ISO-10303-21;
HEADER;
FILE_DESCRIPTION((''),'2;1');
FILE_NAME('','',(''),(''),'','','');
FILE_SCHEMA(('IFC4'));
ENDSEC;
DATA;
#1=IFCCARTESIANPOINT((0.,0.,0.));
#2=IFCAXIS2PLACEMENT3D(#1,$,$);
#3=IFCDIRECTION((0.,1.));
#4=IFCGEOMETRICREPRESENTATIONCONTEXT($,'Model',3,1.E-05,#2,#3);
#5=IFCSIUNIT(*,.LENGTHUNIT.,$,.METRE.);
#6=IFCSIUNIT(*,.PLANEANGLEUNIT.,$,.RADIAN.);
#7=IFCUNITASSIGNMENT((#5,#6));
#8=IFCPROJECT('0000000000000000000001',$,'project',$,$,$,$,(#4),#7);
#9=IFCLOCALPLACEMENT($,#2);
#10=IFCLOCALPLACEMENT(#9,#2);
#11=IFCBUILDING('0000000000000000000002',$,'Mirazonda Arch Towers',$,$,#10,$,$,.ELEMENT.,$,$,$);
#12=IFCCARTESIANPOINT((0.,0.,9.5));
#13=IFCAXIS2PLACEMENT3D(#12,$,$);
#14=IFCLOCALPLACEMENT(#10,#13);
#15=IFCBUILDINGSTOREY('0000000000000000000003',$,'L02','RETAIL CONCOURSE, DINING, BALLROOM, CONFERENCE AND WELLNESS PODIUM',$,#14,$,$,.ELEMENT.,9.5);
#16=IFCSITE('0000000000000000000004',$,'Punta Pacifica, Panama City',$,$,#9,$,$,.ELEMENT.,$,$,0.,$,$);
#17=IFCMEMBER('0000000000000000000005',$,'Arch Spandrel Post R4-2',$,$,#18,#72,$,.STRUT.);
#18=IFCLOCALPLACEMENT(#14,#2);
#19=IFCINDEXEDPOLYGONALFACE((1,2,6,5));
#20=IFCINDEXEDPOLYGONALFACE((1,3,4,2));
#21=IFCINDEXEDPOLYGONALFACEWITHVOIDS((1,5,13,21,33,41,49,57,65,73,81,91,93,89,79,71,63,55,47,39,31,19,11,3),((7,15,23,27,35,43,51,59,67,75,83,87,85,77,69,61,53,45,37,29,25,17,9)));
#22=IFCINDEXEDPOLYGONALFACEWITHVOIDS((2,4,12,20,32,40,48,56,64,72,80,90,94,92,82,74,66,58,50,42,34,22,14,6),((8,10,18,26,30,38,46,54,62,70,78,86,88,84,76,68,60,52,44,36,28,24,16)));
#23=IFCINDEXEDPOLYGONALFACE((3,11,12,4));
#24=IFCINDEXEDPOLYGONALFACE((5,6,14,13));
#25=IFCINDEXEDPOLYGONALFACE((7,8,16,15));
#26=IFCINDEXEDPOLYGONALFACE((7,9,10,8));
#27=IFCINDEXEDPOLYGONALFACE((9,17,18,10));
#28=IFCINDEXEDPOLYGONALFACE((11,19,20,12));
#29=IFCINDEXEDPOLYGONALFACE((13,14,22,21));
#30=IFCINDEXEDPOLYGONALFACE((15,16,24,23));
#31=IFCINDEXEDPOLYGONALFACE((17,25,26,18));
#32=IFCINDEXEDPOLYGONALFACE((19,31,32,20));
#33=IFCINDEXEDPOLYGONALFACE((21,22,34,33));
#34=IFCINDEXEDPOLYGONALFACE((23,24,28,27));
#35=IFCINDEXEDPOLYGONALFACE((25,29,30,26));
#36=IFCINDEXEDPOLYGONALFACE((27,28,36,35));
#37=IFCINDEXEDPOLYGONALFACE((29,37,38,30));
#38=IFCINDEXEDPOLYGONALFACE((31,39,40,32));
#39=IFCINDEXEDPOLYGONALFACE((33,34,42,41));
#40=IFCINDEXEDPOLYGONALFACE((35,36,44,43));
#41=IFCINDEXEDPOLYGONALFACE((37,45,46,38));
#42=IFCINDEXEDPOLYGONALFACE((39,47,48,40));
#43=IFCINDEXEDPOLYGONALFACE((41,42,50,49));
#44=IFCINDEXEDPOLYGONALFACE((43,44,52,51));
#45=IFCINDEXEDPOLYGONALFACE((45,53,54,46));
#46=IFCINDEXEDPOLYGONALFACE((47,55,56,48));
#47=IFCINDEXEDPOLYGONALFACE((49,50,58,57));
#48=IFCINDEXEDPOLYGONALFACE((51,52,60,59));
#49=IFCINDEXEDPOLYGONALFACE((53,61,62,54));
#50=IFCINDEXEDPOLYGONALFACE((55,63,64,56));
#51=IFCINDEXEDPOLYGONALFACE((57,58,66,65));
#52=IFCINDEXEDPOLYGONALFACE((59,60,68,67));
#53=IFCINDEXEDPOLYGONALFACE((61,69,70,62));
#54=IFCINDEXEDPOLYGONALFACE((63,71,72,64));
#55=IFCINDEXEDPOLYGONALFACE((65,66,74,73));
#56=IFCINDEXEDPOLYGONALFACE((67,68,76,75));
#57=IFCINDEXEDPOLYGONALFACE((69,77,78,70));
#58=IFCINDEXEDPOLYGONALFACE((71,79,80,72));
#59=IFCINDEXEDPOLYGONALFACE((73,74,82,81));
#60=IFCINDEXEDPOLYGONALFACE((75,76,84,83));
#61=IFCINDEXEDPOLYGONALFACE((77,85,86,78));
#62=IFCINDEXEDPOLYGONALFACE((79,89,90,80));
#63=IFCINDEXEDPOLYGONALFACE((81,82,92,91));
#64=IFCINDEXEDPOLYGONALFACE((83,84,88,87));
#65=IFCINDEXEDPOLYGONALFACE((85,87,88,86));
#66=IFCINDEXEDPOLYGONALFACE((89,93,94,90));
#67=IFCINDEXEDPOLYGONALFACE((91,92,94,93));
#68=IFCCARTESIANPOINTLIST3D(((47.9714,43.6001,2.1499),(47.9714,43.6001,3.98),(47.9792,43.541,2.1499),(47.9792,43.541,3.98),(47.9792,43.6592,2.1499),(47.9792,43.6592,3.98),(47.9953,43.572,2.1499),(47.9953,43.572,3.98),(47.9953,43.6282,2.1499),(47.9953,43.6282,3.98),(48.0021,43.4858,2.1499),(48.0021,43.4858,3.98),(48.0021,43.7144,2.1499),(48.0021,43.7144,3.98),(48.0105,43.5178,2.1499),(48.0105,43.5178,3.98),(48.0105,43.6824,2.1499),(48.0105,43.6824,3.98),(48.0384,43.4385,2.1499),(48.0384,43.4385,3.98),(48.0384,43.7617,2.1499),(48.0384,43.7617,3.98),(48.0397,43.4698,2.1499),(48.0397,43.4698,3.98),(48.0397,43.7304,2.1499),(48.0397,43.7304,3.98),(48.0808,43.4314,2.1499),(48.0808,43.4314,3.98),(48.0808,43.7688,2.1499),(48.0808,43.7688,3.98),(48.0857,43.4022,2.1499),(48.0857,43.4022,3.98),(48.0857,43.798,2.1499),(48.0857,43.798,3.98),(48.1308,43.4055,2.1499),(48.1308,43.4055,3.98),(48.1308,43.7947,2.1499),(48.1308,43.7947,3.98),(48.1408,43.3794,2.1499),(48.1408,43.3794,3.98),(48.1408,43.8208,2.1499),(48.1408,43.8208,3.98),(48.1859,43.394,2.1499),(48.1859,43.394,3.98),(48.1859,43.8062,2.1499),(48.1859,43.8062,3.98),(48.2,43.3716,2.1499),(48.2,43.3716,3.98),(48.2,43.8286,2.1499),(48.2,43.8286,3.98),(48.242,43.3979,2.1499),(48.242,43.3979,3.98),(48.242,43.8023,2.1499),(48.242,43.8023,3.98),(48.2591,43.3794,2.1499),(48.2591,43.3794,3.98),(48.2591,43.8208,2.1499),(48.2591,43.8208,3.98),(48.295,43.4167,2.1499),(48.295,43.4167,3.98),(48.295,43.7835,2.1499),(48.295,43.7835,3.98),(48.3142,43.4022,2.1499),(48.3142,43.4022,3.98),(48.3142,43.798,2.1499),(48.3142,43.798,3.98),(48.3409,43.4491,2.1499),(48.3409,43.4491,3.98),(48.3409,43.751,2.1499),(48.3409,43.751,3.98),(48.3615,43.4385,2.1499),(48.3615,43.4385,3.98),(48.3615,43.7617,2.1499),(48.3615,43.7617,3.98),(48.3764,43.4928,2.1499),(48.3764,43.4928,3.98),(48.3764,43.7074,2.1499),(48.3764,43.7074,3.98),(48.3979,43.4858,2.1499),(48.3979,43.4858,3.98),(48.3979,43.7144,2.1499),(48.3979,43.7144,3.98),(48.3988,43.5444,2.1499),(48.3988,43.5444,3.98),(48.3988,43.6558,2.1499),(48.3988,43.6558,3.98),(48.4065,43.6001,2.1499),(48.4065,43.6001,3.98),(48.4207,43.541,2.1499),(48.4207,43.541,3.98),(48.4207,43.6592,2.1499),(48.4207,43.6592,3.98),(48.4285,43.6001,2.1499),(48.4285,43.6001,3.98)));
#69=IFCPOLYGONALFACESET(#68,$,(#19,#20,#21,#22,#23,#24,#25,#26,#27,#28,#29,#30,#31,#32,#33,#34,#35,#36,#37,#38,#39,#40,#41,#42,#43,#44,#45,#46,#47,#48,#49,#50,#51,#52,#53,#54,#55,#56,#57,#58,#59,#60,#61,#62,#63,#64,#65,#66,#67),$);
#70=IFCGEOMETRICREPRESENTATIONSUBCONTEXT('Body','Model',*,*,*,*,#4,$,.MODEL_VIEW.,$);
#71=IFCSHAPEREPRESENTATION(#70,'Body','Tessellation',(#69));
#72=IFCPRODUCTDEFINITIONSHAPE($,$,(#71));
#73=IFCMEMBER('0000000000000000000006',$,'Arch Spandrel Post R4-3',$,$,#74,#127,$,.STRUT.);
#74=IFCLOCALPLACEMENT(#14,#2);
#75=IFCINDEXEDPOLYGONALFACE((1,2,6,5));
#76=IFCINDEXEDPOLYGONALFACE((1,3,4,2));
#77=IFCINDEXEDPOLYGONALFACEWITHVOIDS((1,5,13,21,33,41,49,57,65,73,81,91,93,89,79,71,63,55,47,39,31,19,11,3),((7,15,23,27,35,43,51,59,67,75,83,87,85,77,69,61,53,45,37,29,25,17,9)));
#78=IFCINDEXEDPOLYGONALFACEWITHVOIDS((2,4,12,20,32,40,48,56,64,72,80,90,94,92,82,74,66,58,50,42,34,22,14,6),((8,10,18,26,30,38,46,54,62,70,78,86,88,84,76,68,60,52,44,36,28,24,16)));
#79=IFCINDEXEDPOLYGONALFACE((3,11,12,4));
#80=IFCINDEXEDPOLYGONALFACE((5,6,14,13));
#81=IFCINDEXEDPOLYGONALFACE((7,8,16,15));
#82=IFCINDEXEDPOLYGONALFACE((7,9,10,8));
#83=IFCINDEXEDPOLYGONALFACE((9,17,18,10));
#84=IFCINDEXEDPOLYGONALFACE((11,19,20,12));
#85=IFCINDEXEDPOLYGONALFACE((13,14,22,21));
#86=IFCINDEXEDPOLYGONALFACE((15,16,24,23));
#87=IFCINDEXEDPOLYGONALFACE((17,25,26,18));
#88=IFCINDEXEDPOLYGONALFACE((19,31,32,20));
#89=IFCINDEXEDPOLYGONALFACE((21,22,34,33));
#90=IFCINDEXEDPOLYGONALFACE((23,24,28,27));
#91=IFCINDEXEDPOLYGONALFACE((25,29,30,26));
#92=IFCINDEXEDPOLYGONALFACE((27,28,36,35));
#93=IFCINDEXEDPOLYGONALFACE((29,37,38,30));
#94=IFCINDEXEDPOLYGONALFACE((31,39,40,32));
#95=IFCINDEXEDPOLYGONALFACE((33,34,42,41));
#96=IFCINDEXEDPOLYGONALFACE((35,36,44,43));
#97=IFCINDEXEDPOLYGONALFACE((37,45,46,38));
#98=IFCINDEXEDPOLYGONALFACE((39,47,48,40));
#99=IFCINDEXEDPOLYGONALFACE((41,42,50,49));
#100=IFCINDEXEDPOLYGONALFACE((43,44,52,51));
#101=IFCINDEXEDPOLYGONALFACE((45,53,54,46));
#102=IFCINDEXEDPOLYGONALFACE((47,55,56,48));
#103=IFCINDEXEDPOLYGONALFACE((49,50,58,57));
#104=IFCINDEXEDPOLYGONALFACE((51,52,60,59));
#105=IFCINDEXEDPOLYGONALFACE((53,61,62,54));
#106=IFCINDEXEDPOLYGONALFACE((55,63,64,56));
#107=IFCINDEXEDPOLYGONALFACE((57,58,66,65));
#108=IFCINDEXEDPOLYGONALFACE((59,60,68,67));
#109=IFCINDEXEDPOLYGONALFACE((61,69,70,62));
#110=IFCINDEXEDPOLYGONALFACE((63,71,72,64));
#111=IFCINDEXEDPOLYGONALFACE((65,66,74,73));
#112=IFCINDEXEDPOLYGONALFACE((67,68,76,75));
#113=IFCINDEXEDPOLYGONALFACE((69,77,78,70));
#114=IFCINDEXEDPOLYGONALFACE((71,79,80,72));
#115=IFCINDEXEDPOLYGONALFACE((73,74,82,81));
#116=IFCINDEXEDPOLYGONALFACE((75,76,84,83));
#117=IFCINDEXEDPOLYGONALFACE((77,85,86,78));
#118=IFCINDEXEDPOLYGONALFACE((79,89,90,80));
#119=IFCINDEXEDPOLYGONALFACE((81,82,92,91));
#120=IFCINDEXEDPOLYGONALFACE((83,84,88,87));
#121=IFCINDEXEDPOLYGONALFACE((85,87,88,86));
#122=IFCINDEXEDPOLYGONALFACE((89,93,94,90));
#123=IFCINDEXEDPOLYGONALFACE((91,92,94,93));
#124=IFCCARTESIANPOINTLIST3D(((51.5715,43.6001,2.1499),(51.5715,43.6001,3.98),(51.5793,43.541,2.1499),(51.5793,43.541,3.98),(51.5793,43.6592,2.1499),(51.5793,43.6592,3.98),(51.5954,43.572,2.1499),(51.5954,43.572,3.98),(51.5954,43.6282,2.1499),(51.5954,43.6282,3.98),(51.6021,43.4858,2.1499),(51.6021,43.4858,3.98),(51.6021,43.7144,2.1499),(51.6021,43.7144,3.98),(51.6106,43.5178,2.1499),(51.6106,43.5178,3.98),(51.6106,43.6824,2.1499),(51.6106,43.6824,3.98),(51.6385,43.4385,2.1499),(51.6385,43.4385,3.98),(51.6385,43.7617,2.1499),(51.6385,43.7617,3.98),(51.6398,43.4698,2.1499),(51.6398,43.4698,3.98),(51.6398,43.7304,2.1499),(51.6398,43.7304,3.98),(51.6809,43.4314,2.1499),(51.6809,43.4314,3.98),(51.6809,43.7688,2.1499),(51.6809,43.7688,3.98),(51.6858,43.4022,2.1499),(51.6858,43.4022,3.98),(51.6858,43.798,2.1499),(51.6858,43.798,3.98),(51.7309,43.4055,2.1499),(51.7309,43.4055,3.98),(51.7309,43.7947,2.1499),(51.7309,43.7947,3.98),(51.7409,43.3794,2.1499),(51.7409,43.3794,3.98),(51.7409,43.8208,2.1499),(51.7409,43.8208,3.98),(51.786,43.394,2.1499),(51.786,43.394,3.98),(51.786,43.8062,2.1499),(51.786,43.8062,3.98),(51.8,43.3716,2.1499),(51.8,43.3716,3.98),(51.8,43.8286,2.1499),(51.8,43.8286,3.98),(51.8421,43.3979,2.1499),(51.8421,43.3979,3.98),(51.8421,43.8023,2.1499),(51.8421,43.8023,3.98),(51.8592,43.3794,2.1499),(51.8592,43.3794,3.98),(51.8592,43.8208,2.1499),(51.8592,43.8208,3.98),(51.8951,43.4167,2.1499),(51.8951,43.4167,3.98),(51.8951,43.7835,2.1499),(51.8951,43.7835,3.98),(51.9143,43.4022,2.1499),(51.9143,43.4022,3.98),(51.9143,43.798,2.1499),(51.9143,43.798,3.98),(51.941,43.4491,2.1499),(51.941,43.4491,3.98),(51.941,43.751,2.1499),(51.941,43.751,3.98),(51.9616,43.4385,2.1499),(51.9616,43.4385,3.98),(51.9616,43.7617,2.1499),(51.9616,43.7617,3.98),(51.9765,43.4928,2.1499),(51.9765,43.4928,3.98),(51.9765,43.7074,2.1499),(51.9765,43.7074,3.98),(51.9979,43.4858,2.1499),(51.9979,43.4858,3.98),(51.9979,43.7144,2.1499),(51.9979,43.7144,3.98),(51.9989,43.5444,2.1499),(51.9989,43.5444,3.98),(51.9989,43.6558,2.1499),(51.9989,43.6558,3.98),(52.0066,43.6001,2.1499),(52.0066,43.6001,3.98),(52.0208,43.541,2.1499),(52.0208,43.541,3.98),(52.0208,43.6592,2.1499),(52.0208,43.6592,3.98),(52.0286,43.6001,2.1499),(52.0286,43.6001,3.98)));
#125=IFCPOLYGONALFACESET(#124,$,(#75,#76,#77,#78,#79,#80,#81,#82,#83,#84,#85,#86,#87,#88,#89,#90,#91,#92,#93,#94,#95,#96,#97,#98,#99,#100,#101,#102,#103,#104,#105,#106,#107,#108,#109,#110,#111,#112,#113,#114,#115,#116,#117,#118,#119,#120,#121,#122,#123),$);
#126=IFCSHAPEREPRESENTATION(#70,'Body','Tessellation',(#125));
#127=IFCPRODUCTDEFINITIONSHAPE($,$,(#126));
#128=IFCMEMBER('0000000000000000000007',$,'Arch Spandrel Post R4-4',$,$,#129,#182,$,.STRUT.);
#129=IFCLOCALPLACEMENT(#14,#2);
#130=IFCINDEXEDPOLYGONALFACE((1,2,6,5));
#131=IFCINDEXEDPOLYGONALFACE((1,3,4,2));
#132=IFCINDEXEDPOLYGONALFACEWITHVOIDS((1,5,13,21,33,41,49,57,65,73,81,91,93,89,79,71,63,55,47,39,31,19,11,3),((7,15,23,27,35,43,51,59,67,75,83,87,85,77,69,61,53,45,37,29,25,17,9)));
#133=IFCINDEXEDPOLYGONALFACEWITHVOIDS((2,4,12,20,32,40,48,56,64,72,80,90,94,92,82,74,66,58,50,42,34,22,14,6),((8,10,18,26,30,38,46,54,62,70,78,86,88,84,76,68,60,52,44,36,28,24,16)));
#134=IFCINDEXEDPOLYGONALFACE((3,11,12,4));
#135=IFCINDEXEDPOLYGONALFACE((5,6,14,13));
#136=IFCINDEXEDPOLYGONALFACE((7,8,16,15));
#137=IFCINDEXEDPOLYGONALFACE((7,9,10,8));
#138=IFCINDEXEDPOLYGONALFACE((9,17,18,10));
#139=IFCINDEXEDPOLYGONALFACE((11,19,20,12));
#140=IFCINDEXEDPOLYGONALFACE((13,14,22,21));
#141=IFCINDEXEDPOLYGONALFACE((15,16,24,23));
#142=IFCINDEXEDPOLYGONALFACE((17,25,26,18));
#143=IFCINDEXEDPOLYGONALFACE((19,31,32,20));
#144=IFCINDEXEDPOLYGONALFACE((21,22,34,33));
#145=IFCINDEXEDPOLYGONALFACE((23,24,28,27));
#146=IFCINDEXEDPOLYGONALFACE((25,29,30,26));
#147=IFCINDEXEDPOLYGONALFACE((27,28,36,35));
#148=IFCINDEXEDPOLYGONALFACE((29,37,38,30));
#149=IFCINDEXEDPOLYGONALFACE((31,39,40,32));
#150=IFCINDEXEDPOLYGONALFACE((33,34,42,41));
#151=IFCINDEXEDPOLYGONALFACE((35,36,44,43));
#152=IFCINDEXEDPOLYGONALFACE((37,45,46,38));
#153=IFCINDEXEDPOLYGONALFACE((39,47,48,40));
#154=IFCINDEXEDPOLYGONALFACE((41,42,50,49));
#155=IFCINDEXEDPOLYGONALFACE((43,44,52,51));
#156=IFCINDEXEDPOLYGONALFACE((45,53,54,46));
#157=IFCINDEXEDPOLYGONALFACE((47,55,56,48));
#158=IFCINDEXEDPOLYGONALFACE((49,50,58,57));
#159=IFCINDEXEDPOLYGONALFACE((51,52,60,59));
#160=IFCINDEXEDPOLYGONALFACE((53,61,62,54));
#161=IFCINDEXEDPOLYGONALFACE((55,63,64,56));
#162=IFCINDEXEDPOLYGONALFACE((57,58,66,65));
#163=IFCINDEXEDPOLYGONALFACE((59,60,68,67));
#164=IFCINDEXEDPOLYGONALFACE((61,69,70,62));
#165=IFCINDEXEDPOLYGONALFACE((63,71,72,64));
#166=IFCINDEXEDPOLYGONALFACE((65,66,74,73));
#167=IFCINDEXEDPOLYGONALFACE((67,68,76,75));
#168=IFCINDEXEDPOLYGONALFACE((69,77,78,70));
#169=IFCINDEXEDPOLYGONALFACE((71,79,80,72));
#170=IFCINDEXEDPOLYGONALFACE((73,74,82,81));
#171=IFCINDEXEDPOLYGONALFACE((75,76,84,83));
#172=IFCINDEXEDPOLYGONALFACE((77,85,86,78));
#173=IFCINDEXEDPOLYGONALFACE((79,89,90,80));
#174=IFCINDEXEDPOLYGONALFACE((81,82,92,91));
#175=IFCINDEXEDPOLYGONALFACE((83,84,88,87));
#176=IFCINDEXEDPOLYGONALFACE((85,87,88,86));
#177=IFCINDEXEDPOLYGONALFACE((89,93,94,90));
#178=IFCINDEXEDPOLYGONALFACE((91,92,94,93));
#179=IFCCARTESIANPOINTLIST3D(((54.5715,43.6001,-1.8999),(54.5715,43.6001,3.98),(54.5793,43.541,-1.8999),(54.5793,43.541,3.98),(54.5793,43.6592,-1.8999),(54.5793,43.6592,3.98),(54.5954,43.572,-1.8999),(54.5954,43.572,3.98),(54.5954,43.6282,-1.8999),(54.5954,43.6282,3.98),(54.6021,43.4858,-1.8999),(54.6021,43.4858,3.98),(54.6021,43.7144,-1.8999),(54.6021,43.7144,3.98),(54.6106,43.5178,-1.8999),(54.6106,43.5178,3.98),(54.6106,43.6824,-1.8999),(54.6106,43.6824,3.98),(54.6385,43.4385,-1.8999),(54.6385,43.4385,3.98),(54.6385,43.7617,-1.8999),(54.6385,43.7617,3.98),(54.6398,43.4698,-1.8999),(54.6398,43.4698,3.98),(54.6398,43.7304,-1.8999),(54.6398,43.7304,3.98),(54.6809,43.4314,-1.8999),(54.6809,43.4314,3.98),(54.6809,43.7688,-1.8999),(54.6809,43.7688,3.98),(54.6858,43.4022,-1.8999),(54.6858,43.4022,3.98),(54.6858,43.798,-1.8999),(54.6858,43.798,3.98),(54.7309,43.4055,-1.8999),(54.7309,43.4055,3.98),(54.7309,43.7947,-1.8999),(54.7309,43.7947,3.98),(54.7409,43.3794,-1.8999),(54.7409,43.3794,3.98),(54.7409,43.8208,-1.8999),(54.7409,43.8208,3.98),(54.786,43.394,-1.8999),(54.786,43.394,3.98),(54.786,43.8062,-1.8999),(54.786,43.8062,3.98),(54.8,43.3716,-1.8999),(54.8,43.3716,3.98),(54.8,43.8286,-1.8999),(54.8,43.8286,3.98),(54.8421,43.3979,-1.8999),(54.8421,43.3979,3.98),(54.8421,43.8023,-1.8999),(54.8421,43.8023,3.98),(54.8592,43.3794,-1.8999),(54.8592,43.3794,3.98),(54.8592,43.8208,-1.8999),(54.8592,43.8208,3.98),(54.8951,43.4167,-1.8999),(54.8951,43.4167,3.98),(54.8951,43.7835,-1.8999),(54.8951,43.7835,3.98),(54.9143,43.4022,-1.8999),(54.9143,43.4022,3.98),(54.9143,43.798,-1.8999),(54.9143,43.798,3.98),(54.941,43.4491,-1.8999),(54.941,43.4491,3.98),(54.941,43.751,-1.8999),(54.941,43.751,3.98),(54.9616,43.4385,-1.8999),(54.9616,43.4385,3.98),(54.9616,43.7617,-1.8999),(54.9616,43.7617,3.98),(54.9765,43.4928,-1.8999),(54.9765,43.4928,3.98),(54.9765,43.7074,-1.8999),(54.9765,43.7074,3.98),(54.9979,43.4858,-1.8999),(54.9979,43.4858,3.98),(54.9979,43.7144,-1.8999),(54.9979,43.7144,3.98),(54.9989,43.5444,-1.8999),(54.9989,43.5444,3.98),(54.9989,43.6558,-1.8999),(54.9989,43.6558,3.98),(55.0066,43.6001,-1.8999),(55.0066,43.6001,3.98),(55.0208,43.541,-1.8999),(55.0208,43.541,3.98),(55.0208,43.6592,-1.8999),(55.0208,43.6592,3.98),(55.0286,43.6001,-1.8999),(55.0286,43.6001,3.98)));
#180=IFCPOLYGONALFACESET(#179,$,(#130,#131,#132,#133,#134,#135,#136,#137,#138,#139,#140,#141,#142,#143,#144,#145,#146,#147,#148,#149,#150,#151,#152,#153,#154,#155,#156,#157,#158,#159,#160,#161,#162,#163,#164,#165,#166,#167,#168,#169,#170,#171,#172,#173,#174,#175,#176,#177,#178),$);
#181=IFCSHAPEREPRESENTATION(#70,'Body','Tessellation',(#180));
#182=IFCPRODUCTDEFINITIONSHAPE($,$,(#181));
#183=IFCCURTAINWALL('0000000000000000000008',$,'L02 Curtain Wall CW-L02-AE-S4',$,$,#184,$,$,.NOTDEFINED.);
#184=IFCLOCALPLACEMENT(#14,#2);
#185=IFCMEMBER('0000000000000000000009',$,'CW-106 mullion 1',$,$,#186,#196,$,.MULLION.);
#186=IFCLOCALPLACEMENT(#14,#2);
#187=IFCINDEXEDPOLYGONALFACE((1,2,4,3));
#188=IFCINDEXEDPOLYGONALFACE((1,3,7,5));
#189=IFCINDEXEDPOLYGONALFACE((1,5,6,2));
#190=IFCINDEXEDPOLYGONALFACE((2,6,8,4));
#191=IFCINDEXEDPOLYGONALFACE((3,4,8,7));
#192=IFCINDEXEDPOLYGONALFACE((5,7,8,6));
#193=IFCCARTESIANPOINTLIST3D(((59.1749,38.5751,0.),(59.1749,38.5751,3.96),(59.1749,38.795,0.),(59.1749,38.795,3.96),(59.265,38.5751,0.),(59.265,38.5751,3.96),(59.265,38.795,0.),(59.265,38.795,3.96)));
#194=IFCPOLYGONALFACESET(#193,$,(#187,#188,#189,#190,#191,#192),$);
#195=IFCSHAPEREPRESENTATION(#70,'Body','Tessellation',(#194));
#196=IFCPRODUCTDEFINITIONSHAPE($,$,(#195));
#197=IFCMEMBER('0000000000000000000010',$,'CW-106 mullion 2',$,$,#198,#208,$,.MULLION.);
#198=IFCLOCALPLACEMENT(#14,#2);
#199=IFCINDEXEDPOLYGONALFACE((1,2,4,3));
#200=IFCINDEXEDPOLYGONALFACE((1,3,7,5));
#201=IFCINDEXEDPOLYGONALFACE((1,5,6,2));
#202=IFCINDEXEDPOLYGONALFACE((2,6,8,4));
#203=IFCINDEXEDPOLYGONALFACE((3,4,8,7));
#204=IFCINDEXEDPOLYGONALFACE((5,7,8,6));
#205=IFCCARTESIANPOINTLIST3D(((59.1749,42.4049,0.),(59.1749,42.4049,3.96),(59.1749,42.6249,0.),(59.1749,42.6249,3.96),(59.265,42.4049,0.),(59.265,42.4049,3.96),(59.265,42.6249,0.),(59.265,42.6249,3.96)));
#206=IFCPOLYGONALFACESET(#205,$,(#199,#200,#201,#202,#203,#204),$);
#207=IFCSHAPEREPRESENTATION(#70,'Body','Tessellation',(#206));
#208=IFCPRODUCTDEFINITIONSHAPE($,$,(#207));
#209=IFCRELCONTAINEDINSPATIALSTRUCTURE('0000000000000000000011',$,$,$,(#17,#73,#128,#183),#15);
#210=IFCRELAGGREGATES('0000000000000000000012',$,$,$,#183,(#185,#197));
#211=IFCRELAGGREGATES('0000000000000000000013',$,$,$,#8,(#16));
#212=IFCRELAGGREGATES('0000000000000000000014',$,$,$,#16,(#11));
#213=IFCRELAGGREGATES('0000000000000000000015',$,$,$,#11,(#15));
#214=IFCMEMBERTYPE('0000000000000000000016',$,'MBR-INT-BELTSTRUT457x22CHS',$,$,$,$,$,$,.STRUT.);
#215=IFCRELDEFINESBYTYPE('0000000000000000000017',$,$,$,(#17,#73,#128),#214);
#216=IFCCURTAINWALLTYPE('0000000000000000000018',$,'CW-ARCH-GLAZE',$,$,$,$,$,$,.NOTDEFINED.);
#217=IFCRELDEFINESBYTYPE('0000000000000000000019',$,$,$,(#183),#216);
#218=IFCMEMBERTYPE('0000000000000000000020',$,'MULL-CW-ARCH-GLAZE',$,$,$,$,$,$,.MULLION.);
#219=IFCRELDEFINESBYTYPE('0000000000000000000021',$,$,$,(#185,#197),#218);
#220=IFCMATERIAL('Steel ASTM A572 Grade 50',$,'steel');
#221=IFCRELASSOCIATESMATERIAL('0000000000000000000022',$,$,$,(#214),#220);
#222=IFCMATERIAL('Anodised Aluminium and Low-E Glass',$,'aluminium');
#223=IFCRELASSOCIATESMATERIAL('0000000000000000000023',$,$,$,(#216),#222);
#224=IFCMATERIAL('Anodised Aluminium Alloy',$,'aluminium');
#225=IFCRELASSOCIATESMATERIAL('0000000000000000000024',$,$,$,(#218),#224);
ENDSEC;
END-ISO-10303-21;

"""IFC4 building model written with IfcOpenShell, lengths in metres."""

from ifc_helpers import new_model, si_unit, direction, frame, origin, origin_2d, place, context, subcontext, project, spatial, rectangle, hollow_circle, extrude, material, material_profile, profile_set, type_object, element, aggregate, save


model = new_model("IFC4")

# Units and contexts
model_context = context("Model", 3, precision=1e-05, world=origin(), true_north=direction((0.0, 1.0)))
body_context = subcontext(model_context, "Body", "Model", "MODEL_VIEW")
ifc_project = project(units=[si_unit("LENGTHUNIT", "METRE"), si_unit("PLANEANGLEUNIT", "RADIAN")], contexts=[model_context])

# Site, building, storey
site_placement = place(None, origin())
site = spatial("IfcSite", under=ifc_project, at=site_placement, Name="Punta Pacifica, Panama City", CompositionType="ELEMENT", RefElevation=0.0)
building_placement = place(site_placement, origin())
building = spatial("IfcBuilding", under=site, at=building_placement, Name="Mirazonda Arch Towers", CompositionType="ELEMENT")
storey_placement = place(building_placement, frame((0.0, 0.0, 9.5)))
storey = spatial("IfcBuildingStorey", under=building, at=storey_placement, Name="L02", Description="RETAIL CONCOURSE, DINING, BALLROOM, CONFERENCE AND WELLNESS PODIUM", CompositionType="ELEMENT", Elevation=9.5)

# Members
ifc_material_1 = material(Name="Steel ASTM A572 Grade 50", Category="steel")
ifc_material_profile_1 = material_profile(ifc_material_1, hollow_circle(Radius=0.2285, WallThickness=0.022, at=origin_2d()), Name="BELTSTRUT457x22CHS")
ifc_profile_set_1 = profile_set([ifc_material_profile_1], Name="Steel ASTM A572 Grade 50")
member_type_1 = type_object("IfcMemberType", Name="MBR-INT-BELTSTRUT457x22CHS", PredefinedType="STRUT", material=ifc_profile_set_1)
for number, where, z_axis, x_axis, name in (
    (1, (48.2, 43.6001, 2.1499), (0.0, 0.0, 1.0), (1.0, 0.0, 0.0), "Arch Spandrel Post R4-2"),
    (2, (51.8, 43.6001, 2.1499), (0.0, 0.0, 1.0), (1.0, 0.0, 0.0), "Arch Spandrel Post R4-3"),
):
    element("IfcMember", number, at=place(storey_placement, frame(where, z_axis=z_axis, x_axis=x_axis)), inside=storey, type_object=member_type_1, Name=name, PredefinedType="STRUT", context=body_context, shape_type="SweptSolid", body=[
        extrude(hollow_circle(Radius=0.2285, WallThickness=0.022, at=origin_2d()), origin(), (0.0, 0.0, 1.0), 1.8301),
    ])
member_1_placement = place(storey_placement, frame((54.8, 43.6001, -1.8999), z_axis=(0.0, 0.0, 1.0), x_axis=(1.0, 0.0, 0.0)))
element("IfcMember", 3, at=member_1_placement, inside=storey, type_object=member_type_1, Name="Arch Spandrel Post R4-4", PredefinedType="STRUT", context=body_context, shape_type="SweptSolid", body=[
    extrude(hollow_circle(Radius=0.2285, WallThickness=0.022, at=origin_2d()), origin(), (0.0, 0.0, 1.0), 5.8799),
])

# Curtain wall, members
ifc_material_2 = material(Name="Anodised Aluminium and Low-E Glass", Category="aluminium")
curtain_wall_type = type_object("IfcCurtainWallType", Name="CW-ARCH-GLAZE", PredefinedType="NOTDEFINED", material=ifc_material_2)
curtain_wall_placement = place(storey_placement, origin())
curtain_wall = element("IfcCurtainWall", 4, at=curtain_wall_placement, inside=storey, type_object=curtain_wall_type, Name="L02 Curtain Wall CW-L02-AE-S4", PredefinedType="NOTDEFINED")
ifc_material_3 = material(Name="Anodised Aluminium Alloy", Category="aluminium")
ifc_material_profile_2 = material_profile(ifc_material_3, rectangle(XDim=0.0901, YDim=0.22, at=origin_2d()), Name="ALU-MULL-90x220")
ifc_profile_set_2 = profile_set([ifc_material_profile_2], Name="Anodised Aluminium Alloy")
member_type_2 = type_object("IfcMemberType", Name="MULL-CW-ARCH-GLAZE", PredefinedType="MULLION", material=ifc_profile_set_2)
member_2_placement = place(storey_placement, frame((59.22, 38.6851, 0.0), z_axis=(0.0, 0.0, 1.0), x_axis=(-1.0, 0.0, 0.0)))
member_2 = element("IfcMember", 5, at=member_2_placement, type_object=member_type_2, Name="CW-106 mullion 1", PredefinedType="MULLION", context=body_context, shape_type="SweptSolid", body=[
    extrude(rectangle(XDim=0.0901, YDim=0.22, at=origin_2d()), origin(), (0.0, 0.0, 1.0), 3.96),
])
member_3_placement = place(storey_placement, frame((59.22, 42.5149, 0.0), z_axis=(0.0, 0.0, 1.0), x_axis=(-1.0, 0.0, 0.0)))
member_3 = element("IfcMember", 6, at=member_3_placement, type_object=member_type_2, Name="CW-106 mullion 2", PredefinedType="MULLION", context=body_context, shape_type="SweptSolid", body=[
    extrude(rectangle(XDim=0.0901, YDim=0.22, at=origin_2d()), origin(), (0.0, 0.0, 1.0), 3.96),
])
aggregate(curtain_wall, [member_2, member_3])

save(model, "model.ifc")
